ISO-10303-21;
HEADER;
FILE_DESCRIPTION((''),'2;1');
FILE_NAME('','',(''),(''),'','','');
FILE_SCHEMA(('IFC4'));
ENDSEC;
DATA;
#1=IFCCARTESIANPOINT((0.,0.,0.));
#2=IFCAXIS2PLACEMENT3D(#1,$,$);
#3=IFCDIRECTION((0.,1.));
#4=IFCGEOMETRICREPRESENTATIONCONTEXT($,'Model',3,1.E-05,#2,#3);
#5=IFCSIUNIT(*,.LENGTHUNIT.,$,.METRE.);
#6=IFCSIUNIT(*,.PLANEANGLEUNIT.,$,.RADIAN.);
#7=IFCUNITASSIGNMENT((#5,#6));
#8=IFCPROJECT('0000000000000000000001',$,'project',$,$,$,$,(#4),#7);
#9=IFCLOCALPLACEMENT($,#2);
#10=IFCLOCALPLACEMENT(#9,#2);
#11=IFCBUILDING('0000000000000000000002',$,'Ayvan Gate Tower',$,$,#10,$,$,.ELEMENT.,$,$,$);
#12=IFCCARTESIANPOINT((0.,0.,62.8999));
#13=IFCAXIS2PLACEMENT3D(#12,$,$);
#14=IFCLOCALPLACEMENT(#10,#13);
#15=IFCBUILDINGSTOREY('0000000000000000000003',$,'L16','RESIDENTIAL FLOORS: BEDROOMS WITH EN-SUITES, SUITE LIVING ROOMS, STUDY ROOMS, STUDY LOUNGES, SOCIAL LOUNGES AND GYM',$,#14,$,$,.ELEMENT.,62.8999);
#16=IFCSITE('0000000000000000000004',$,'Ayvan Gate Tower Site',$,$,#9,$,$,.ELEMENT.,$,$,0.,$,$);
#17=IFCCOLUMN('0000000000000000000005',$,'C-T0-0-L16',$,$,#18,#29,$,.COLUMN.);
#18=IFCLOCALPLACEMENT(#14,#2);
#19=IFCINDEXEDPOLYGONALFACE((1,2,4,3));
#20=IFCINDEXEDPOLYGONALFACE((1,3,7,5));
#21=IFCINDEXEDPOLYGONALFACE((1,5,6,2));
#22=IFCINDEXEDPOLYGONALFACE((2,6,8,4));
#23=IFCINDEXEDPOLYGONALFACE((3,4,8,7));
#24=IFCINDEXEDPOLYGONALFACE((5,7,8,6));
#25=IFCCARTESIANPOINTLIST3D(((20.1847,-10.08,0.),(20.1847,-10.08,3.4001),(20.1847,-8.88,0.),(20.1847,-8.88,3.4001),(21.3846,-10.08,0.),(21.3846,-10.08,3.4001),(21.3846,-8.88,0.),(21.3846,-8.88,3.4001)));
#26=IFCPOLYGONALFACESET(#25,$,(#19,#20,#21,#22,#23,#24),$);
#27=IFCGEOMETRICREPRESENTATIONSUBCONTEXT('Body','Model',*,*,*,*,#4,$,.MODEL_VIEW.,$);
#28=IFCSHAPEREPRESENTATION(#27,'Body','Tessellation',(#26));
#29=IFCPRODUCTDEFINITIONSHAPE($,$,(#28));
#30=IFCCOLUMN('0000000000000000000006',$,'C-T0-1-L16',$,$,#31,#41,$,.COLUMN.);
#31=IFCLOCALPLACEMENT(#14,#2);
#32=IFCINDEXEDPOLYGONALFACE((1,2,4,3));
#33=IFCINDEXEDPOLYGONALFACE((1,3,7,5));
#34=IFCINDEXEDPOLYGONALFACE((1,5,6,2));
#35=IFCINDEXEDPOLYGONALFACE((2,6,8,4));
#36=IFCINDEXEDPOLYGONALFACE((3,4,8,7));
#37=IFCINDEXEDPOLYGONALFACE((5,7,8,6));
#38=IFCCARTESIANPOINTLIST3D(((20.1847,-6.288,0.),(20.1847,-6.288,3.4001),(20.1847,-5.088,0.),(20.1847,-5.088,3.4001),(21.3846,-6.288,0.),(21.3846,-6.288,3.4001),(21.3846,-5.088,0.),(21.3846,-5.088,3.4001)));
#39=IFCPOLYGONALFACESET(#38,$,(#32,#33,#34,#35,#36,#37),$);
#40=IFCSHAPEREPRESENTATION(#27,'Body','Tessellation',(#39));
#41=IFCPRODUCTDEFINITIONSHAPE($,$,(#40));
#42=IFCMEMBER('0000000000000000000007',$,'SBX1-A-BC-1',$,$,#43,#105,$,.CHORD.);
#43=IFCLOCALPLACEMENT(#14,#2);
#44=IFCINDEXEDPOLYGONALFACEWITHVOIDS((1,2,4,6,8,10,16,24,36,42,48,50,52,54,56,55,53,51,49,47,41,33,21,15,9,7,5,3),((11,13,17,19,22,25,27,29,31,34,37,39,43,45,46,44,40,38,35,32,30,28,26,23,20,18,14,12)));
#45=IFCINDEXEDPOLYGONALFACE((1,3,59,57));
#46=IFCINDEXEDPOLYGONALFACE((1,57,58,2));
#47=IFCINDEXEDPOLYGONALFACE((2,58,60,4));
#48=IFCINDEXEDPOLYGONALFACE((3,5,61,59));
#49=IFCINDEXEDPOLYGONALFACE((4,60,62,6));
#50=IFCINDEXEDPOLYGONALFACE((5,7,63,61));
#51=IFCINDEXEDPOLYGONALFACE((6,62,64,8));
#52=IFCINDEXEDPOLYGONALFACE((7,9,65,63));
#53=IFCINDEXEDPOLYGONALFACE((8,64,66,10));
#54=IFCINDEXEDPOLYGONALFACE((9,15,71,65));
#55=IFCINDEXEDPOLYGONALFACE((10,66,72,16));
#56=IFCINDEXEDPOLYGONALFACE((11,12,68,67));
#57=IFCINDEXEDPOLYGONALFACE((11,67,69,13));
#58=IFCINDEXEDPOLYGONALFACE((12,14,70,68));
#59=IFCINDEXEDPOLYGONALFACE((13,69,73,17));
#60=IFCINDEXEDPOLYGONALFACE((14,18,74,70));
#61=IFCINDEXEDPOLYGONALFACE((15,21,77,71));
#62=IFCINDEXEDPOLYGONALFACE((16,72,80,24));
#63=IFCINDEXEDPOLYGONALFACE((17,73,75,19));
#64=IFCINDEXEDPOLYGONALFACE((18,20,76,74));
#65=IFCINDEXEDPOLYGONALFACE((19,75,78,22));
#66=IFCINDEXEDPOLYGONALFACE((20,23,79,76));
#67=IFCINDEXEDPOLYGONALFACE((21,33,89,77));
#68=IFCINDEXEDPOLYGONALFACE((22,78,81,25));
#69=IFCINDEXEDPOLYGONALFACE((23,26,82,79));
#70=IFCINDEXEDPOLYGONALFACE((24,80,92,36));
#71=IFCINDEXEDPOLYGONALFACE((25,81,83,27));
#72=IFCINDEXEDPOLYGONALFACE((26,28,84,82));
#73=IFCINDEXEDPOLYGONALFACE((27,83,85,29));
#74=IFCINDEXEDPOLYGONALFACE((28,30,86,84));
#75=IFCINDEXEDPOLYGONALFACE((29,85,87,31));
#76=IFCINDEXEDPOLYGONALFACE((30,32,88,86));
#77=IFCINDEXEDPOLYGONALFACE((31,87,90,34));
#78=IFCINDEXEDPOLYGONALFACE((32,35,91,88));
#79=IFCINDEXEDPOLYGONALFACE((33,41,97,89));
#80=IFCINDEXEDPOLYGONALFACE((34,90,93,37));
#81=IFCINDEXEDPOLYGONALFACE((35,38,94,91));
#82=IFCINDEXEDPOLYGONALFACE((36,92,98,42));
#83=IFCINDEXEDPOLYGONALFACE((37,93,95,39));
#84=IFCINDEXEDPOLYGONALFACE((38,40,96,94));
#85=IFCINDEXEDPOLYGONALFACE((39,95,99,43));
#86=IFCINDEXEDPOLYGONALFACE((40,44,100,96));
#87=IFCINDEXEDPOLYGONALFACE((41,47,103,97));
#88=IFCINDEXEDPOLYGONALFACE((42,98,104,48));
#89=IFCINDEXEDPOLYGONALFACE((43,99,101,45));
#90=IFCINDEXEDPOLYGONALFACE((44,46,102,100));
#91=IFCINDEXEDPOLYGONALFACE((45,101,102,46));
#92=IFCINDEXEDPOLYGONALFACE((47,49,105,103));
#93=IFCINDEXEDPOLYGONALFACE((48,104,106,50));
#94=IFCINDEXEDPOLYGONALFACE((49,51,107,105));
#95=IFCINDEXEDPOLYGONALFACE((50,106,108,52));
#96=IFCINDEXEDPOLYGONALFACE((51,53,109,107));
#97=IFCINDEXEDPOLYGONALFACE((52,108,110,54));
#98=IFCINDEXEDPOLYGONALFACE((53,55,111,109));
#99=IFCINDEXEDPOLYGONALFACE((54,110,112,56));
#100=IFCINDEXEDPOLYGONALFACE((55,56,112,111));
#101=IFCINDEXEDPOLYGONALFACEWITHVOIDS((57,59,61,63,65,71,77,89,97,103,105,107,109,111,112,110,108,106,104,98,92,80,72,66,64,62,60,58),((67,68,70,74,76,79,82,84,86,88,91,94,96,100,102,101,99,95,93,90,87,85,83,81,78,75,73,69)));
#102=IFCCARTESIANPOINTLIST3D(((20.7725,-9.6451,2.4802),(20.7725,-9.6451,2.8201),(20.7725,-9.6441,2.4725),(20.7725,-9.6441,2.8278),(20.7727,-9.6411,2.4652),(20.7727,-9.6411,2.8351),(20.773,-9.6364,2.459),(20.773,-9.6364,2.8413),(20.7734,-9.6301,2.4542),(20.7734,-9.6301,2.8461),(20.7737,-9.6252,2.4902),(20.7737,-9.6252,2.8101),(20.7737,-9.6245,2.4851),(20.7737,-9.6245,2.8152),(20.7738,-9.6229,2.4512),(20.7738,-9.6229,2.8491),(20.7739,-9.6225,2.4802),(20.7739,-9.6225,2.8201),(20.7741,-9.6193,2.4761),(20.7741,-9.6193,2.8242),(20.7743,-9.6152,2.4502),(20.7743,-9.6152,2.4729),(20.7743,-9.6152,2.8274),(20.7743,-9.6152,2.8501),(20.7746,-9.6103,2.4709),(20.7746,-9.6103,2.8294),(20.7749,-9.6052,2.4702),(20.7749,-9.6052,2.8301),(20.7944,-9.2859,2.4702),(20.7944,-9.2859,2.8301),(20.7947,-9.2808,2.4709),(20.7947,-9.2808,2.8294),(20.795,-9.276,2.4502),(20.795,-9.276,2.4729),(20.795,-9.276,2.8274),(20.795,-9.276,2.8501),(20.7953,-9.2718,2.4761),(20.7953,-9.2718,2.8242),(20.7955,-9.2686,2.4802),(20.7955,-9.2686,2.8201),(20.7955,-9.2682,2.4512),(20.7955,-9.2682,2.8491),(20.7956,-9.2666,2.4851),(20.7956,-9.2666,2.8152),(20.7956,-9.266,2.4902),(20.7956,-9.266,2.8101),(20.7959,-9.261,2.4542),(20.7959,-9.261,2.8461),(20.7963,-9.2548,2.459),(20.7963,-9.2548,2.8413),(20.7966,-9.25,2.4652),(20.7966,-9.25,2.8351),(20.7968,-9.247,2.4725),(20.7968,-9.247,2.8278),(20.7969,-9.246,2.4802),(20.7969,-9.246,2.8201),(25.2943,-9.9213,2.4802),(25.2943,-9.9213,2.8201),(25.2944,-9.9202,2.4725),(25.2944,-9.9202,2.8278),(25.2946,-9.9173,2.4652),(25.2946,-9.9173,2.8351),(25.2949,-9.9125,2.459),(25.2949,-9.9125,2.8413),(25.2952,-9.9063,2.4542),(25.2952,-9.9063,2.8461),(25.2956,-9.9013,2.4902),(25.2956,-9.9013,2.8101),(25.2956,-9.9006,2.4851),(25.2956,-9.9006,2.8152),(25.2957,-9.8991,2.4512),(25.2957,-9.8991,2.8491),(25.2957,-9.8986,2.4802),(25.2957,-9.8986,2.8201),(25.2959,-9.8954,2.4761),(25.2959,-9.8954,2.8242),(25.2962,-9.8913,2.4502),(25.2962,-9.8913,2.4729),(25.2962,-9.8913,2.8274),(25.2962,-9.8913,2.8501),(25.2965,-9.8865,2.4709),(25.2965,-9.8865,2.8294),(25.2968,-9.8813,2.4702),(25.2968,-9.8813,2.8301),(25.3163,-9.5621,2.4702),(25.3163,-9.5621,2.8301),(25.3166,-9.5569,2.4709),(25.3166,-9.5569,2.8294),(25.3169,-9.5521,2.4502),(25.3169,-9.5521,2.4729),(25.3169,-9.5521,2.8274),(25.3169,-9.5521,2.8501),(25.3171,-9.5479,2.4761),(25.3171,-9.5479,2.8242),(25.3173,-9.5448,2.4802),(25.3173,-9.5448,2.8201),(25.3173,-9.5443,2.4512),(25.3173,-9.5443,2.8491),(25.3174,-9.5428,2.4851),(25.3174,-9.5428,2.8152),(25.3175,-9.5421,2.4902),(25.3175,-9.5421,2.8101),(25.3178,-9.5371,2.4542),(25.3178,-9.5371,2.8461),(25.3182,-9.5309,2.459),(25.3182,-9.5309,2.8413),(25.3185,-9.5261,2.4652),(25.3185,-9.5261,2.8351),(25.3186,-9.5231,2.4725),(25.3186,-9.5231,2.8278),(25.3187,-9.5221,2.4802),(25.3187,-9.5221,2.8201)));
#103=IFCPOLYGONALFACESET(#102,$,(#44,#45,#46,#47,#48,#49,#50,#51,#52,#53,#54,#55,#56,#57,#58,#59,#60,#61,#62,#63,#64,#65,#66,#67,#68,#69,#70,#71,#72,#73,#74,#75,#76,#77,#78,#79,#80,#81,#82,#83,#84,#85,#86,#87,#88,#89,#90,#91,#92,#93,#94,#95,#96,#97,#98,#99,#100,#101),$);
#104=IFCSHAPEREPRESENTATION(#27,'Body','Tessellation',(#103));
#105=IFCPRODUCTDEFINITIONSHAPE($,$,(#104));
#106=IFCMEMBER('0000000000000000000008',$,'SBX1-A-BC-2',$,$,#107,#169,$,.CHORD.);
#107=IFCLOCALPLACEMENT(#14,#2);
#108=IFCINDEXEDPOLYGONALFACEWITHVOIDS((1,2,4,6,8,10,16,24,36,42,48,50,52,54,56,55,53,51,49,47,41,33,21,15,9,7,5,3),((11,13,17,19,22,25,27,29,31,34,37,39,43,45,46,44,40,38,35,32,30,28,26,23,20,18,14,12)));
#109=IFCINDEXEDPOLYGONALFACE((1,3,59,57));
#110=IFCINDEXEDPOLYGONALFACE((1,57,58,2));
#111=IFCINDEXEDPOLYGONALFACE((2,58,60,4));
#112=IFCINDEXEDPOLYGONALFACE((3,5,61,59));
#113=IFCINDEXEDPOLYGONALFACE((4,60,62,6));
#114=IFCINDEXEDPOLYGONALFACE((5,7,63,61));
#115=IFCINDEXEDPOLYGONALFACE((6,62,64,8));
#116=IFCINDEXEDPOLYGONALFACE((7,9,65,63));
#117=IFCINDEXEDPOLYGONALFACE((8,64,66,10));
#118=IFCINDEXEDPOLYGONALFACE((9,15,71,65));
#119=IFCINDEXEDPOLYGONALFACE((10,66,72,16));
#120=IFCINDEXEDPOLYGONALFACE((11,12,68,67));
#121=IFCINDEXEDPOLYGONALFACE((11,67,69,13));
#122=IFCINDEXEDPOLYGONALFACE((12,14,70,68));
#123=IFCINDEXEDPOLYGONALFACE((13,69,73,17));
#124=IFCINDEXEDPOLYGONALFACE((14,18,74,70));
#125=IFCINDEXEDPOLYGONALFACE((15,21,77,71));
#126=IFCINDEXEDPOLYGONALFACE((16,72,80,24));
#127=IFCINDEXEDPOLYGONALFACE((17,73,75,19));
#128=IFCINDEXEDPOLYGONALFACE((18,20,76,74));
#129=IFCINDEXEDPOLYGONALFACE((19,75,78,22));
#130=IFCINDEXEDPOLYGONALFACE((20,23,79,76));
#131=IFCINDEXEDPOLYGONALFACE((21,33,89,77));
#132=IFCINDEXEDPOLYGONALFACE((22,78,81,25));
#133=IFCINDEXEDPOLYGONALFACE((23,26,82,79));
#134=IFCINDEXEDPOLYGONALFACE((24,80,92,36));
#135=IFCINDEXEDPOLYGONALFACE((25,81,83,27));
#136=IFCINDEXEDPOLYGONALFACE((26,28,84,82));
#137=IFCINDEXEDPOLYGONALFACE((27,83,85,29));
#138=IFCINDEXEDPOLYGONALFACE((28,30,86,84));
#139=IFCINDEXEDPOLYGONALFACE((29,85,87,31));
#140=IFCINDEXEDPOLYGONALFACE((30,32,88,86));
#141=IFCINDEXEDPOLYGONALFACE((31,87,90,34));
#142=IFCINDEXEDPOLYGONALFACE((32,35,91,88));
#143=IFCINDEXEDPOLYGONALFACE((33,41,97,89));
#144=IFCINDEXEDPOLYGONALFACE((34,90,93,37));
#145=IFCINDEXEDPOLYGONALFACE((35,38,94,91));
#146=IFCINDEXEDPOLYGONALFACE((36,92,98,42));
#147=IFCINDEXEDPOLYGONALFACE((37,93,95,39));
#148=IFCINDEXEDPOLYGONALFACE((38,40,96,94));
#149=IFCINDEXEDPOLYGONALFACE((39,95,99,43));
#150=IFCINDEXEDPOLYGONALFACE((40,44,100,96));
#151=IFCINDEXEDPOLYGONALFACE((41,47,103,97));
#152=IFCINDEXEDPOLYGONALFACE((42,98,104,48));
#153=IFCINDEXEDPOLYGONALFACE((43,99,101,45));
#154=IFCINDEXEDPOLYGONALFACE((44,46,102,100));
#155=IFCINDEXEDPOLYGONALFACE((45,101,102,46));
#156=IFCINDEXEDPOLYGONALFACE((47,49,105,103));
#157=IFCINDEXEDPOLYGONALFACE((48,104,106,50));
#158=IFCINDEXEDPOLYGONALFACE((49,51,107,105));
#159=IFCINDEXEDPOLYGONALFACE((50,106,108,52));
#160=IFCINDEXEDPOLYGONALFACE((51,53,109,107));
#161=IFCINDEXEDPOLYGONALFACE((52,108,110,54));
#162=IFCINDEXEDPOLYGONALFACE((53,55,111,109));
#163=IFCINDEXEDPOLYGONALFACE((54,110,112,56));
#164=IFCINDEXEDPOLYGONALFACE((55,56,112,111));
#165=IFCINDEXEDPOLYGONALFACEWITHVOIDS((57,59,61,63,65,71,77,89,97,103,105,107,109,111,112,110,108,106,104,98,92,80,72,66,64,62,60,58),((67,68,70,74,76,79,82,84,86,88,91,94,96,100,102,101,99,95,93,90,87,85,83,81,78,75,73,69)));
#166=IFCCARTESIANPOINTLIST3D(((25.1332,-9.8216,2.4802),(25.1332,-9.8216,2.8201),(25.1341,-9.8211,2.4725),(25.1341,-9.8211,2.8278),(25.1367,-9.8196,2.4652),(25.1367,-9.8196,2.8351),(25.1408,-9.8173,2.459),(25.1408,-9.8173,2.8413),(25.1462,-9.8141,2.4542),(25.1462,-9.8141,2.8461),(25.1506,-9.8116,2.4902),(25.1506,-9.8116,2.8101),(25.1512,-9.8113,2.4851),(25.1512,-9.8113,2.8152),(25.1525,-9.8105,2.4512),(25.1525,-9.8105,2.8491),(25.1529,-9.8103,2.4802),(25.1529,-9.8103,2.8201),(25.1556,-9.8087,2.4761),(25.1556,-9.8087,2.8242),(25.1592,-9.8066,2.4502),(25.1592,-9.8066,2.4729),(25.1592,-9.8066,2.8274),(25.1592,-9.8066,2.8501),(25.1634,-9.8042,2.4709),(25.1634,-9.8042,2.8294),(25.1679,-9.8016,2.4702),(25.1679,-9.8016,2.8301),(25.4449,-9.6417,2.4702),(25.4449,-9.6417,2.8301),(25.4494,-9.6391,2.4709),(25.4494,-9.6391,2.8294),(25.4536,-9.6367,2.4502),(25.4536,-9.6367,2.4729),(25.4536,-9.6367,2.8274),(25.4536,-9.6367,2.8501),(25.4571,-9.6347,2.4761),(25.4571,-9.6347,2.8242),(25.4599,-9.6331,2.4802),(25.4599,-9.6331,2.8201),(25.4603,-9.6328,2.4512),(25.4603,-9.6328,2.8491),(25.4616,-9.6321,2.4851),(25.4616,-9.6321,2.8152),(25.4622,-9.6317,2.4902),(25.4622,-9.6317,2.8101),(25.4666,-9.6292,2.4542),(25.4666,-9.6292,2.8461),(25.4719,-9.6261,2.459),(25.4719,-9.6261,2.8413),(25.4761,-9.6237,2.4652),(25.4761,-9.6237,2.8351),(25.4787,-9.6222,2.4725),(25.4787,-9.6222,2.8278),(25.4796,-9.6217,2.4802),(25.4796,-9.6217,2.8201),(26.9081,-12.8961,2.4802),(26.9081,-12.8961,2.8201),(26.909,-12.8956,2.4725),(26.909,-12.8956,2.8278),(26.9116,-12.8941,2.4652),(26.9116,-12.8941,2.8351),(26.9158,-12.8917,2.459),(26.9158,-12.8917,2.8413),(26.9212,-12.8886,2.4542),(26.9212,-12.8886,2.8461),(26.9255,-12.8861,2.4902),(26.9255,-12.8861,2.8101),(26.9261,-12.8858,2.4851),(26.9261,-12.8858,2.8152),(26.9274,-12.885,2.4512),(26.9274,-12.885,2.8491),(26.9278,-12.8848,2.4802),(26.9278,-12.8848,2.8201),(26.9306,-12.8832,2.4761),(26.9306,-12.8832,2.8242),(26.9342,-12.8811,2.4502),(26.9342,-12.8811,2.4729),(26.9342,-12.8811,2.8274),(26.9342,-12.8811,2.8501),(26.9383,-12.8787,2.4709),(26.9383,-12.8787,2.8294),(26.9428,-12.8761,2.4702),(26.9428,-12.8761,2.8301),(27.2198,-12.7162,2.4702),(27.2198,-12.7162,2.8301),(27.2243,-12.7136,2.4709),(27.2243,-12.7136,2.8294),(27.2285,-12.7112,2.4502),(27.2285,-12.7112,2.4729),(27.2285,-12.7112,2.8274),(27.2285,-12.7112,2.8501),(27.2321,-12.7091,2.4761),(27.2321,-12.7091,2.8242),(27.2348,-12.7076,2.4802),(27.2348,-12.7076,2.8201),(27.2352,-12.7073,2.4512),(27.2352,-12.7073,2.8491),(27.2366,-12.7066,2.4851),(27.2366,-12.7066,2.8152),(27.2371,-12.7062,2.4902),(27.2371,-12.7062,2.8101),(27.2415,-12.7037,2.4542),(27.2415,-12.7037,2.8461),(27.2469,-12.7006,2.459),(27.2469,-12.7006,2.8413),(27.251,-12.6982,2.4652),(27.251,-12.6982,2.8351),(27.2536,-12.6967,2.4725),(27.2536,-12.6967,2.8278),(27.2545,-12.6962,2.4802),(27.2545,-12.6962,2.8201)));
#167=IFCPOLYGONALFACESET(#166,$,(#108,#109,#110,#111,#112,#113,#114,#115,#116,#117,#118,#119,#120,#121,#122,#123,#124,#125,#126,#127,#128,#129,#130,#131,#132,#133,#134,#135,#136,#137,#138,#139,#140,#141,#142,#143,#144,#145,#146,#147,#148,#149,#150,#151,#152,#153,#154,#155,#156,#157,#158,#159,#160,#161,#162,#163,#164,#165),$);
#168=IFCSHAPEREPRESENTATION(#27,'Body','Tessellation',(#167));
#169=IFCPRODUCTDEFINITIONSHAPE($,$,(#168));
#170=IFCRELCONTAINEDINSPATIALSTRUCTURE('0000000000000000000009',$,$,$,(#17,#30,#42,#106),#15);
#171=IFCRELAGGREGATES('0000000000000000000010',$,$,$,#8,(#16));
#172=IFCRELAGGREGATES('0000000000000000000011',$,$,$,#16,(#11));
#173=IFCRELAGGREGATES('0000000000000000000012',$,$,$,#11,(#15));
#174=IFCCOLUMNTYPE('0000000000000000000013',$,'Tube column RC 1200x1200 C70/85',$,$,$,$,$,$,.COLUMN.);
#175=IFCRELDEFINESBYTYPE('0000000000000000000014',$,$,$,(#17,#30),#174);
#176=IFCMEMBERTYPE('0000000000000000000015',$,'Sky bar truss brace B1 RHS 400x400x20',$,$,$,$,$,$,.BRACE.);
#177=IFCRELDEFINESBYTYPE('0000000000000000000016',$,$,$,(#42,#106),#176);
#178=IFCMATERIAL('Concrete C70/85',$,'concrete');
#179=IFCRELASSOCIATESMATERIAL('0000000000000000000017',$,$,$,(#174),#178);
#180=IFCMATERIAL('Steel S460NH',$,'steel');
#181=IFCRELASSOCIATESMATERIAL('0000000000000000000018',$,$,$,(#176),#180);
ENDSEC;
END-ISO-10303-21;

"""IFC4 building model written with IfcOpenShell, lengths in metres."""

from ifc_helpers import new_model, si_unit, direction, frame, origin, origin_2d, place, context, subcontext, project, spatial, rectangle, hollow_rectangle, extrude, material, material_profile, profile_set, type_object, element, save


model = new_model("IFC4")

# Units and contexts
model_context = context("Model", 3, precision=1e-05, world=origin(), true_north=direction((0.0, 1.0)))
body_context = subcontext(model_context, "Body", "Model", "MODEL_VIEW")
ifc_project = project(units=[si_unit("LENGTHUNIT", "METRE"), si_unit("PLANEANGLEUNIT", "RADIAN")], contexts=[model_context])

# Site, building, storey
site_placement = place(None, origin())
site = spatial("IfcSite", under=ifc_project, at=site_placement, Name="Ayvan Gate Tower Site", CompositionType="ELEMENT", RefElevation=0.0)
building_placement = place(site_placement, origin())
building = spatial("IfcBuilding", under=site, at=building_placement, Name="Ayvan Gate Tower", CompositionType="ELEMENT")
storey_placement = place(building_placement, frame((0.0, 0.0, 62.8999)))
storey = spatial("IfcBuildingStorey", under=building, at=storey_placement, Name="L16", Description="RESIDENTIAL FLOORS: BEDROOMS WITH EN-SUITES, SUITE LIVING ROOMS, STUDY ROOMS, STUDY LOUNGES, SOCIAL LOUNGES AND GYM", CompositionType="ELEMENT", Elevation=62.8999)

# Columns
ifc_material_1 = material(Name="Concrete C70/85", Category="concrete")
ifc_material_profile_1 = material_profile(ifc_material_1, rectangle(XDim=1.2, YDim=1.2, at=origin_2d()), Name="RC 1200x1200")
ifc_profile_set_1 = profile_set([ifc_material_profile_1], Name="Concrete C70/85")
column_type = type_object("IfcColumnType", Name="Tube column RC 1200x1200 C70/85", PredefinedType="COLUMN", material=ifc_profile_set_1)
for number, where, z_axis, x_axis, name in (
    (1, (20.7847, -9.48, 0.0), (0.0, 0.0, 1.0), (1.0, 0.0, 0.0), "C-T0-0-L16"),
    (2, (20.7847, -5.688, 0.0), (0.0, 0.0, 1.0), (1.0, 0.0, 0.0), "C-T0-1-L16"),
):
    element("IfcColumn", number, at=place(storey_placement, frame(where, z_axis=z_axis, x_axis=x_axis)), inside=storey, type_object=column_type, Name=name, PredefinedType="COLUMN", context=body_context, shape_type="SweptSolid", body=[
        extrude(rectangle(XDim=1.2, YDim=1.2, at=origin_2d()), origin(), (0.0, 0.0, 1.0), 3.4001),
    ])

# Members
ifc_material_2 = material(Name="Steel S460NH", Category="steel")
ifc_material_profile_2 = material_profile(ifc_material_2, hollow_rectangle(XDim=0.3999, YDim=0.3999, WallThickness=0.02, InnerFilletRadius=0.02, OuterFilletRadius=0.03, at=origin_2d()), Name="RHS 400x400x20")
ifc_profile_set_2 = profile_set([ifc_material_profile_2], Name="Steel S460NH")
member_type_1 = type_object("IfcMemberType", Name="Sky bar truss brace B1 RHS 400x400x20", PredefinedType="BRACE", material=ifc_profile_set_2)
member_1_placement = place(storey_placement, frame((20.7847, -9.4456, 2.6501), z_axis=(0.998141, -0.060952, 0.0), x_axis=(0.060952, 0.998141, 0.0)))
element("IfcMember", 3, at=member_1_placement, inside=storey, type_object=member_type_1, Name="SBX1-A-BC-1", PredefinedType="CHORD", context=body_context, shape_type="SweptSolid", body=[
    extrude(hollow_rectangle(XDim=0.3999, YDim=0.3999, WallThickness=0.02, InnerFilletRadius=0.02, OuterFilletRadius=0.03, at=origin_2d()), origin(), (0.0, 0.0, 1.0), 4.5303),
])
for number, where, z_axis, x_axis, name in (
    (4, (25.3064, -9.7217, 2.6501), (0.49997, -0.866042, 0.0), (0.866042, 0.49997, 0.0), "SBX1-A-BC-2"),
):
    element("IfcMember", number, at=place(storey_placement, frame(where, z_axis=z_axis, x_axis=x_axis)), inside=storey, type_object=member_type_1, Name=name, PredefinedType="CHORD", context=body_context, shape_type="SweptSolid", body=[
        extrude(hollow_rectangle(XDim=0.3999, YDim=0.3999, WallThickness=0.02, InnerFilletRadius=0.02, OuterFilletRadius=0.03, at=origin_2d()), origin(), (0.0, 0.0, 1.0), 3.55),
    ])

save(model, "model.ifc")
